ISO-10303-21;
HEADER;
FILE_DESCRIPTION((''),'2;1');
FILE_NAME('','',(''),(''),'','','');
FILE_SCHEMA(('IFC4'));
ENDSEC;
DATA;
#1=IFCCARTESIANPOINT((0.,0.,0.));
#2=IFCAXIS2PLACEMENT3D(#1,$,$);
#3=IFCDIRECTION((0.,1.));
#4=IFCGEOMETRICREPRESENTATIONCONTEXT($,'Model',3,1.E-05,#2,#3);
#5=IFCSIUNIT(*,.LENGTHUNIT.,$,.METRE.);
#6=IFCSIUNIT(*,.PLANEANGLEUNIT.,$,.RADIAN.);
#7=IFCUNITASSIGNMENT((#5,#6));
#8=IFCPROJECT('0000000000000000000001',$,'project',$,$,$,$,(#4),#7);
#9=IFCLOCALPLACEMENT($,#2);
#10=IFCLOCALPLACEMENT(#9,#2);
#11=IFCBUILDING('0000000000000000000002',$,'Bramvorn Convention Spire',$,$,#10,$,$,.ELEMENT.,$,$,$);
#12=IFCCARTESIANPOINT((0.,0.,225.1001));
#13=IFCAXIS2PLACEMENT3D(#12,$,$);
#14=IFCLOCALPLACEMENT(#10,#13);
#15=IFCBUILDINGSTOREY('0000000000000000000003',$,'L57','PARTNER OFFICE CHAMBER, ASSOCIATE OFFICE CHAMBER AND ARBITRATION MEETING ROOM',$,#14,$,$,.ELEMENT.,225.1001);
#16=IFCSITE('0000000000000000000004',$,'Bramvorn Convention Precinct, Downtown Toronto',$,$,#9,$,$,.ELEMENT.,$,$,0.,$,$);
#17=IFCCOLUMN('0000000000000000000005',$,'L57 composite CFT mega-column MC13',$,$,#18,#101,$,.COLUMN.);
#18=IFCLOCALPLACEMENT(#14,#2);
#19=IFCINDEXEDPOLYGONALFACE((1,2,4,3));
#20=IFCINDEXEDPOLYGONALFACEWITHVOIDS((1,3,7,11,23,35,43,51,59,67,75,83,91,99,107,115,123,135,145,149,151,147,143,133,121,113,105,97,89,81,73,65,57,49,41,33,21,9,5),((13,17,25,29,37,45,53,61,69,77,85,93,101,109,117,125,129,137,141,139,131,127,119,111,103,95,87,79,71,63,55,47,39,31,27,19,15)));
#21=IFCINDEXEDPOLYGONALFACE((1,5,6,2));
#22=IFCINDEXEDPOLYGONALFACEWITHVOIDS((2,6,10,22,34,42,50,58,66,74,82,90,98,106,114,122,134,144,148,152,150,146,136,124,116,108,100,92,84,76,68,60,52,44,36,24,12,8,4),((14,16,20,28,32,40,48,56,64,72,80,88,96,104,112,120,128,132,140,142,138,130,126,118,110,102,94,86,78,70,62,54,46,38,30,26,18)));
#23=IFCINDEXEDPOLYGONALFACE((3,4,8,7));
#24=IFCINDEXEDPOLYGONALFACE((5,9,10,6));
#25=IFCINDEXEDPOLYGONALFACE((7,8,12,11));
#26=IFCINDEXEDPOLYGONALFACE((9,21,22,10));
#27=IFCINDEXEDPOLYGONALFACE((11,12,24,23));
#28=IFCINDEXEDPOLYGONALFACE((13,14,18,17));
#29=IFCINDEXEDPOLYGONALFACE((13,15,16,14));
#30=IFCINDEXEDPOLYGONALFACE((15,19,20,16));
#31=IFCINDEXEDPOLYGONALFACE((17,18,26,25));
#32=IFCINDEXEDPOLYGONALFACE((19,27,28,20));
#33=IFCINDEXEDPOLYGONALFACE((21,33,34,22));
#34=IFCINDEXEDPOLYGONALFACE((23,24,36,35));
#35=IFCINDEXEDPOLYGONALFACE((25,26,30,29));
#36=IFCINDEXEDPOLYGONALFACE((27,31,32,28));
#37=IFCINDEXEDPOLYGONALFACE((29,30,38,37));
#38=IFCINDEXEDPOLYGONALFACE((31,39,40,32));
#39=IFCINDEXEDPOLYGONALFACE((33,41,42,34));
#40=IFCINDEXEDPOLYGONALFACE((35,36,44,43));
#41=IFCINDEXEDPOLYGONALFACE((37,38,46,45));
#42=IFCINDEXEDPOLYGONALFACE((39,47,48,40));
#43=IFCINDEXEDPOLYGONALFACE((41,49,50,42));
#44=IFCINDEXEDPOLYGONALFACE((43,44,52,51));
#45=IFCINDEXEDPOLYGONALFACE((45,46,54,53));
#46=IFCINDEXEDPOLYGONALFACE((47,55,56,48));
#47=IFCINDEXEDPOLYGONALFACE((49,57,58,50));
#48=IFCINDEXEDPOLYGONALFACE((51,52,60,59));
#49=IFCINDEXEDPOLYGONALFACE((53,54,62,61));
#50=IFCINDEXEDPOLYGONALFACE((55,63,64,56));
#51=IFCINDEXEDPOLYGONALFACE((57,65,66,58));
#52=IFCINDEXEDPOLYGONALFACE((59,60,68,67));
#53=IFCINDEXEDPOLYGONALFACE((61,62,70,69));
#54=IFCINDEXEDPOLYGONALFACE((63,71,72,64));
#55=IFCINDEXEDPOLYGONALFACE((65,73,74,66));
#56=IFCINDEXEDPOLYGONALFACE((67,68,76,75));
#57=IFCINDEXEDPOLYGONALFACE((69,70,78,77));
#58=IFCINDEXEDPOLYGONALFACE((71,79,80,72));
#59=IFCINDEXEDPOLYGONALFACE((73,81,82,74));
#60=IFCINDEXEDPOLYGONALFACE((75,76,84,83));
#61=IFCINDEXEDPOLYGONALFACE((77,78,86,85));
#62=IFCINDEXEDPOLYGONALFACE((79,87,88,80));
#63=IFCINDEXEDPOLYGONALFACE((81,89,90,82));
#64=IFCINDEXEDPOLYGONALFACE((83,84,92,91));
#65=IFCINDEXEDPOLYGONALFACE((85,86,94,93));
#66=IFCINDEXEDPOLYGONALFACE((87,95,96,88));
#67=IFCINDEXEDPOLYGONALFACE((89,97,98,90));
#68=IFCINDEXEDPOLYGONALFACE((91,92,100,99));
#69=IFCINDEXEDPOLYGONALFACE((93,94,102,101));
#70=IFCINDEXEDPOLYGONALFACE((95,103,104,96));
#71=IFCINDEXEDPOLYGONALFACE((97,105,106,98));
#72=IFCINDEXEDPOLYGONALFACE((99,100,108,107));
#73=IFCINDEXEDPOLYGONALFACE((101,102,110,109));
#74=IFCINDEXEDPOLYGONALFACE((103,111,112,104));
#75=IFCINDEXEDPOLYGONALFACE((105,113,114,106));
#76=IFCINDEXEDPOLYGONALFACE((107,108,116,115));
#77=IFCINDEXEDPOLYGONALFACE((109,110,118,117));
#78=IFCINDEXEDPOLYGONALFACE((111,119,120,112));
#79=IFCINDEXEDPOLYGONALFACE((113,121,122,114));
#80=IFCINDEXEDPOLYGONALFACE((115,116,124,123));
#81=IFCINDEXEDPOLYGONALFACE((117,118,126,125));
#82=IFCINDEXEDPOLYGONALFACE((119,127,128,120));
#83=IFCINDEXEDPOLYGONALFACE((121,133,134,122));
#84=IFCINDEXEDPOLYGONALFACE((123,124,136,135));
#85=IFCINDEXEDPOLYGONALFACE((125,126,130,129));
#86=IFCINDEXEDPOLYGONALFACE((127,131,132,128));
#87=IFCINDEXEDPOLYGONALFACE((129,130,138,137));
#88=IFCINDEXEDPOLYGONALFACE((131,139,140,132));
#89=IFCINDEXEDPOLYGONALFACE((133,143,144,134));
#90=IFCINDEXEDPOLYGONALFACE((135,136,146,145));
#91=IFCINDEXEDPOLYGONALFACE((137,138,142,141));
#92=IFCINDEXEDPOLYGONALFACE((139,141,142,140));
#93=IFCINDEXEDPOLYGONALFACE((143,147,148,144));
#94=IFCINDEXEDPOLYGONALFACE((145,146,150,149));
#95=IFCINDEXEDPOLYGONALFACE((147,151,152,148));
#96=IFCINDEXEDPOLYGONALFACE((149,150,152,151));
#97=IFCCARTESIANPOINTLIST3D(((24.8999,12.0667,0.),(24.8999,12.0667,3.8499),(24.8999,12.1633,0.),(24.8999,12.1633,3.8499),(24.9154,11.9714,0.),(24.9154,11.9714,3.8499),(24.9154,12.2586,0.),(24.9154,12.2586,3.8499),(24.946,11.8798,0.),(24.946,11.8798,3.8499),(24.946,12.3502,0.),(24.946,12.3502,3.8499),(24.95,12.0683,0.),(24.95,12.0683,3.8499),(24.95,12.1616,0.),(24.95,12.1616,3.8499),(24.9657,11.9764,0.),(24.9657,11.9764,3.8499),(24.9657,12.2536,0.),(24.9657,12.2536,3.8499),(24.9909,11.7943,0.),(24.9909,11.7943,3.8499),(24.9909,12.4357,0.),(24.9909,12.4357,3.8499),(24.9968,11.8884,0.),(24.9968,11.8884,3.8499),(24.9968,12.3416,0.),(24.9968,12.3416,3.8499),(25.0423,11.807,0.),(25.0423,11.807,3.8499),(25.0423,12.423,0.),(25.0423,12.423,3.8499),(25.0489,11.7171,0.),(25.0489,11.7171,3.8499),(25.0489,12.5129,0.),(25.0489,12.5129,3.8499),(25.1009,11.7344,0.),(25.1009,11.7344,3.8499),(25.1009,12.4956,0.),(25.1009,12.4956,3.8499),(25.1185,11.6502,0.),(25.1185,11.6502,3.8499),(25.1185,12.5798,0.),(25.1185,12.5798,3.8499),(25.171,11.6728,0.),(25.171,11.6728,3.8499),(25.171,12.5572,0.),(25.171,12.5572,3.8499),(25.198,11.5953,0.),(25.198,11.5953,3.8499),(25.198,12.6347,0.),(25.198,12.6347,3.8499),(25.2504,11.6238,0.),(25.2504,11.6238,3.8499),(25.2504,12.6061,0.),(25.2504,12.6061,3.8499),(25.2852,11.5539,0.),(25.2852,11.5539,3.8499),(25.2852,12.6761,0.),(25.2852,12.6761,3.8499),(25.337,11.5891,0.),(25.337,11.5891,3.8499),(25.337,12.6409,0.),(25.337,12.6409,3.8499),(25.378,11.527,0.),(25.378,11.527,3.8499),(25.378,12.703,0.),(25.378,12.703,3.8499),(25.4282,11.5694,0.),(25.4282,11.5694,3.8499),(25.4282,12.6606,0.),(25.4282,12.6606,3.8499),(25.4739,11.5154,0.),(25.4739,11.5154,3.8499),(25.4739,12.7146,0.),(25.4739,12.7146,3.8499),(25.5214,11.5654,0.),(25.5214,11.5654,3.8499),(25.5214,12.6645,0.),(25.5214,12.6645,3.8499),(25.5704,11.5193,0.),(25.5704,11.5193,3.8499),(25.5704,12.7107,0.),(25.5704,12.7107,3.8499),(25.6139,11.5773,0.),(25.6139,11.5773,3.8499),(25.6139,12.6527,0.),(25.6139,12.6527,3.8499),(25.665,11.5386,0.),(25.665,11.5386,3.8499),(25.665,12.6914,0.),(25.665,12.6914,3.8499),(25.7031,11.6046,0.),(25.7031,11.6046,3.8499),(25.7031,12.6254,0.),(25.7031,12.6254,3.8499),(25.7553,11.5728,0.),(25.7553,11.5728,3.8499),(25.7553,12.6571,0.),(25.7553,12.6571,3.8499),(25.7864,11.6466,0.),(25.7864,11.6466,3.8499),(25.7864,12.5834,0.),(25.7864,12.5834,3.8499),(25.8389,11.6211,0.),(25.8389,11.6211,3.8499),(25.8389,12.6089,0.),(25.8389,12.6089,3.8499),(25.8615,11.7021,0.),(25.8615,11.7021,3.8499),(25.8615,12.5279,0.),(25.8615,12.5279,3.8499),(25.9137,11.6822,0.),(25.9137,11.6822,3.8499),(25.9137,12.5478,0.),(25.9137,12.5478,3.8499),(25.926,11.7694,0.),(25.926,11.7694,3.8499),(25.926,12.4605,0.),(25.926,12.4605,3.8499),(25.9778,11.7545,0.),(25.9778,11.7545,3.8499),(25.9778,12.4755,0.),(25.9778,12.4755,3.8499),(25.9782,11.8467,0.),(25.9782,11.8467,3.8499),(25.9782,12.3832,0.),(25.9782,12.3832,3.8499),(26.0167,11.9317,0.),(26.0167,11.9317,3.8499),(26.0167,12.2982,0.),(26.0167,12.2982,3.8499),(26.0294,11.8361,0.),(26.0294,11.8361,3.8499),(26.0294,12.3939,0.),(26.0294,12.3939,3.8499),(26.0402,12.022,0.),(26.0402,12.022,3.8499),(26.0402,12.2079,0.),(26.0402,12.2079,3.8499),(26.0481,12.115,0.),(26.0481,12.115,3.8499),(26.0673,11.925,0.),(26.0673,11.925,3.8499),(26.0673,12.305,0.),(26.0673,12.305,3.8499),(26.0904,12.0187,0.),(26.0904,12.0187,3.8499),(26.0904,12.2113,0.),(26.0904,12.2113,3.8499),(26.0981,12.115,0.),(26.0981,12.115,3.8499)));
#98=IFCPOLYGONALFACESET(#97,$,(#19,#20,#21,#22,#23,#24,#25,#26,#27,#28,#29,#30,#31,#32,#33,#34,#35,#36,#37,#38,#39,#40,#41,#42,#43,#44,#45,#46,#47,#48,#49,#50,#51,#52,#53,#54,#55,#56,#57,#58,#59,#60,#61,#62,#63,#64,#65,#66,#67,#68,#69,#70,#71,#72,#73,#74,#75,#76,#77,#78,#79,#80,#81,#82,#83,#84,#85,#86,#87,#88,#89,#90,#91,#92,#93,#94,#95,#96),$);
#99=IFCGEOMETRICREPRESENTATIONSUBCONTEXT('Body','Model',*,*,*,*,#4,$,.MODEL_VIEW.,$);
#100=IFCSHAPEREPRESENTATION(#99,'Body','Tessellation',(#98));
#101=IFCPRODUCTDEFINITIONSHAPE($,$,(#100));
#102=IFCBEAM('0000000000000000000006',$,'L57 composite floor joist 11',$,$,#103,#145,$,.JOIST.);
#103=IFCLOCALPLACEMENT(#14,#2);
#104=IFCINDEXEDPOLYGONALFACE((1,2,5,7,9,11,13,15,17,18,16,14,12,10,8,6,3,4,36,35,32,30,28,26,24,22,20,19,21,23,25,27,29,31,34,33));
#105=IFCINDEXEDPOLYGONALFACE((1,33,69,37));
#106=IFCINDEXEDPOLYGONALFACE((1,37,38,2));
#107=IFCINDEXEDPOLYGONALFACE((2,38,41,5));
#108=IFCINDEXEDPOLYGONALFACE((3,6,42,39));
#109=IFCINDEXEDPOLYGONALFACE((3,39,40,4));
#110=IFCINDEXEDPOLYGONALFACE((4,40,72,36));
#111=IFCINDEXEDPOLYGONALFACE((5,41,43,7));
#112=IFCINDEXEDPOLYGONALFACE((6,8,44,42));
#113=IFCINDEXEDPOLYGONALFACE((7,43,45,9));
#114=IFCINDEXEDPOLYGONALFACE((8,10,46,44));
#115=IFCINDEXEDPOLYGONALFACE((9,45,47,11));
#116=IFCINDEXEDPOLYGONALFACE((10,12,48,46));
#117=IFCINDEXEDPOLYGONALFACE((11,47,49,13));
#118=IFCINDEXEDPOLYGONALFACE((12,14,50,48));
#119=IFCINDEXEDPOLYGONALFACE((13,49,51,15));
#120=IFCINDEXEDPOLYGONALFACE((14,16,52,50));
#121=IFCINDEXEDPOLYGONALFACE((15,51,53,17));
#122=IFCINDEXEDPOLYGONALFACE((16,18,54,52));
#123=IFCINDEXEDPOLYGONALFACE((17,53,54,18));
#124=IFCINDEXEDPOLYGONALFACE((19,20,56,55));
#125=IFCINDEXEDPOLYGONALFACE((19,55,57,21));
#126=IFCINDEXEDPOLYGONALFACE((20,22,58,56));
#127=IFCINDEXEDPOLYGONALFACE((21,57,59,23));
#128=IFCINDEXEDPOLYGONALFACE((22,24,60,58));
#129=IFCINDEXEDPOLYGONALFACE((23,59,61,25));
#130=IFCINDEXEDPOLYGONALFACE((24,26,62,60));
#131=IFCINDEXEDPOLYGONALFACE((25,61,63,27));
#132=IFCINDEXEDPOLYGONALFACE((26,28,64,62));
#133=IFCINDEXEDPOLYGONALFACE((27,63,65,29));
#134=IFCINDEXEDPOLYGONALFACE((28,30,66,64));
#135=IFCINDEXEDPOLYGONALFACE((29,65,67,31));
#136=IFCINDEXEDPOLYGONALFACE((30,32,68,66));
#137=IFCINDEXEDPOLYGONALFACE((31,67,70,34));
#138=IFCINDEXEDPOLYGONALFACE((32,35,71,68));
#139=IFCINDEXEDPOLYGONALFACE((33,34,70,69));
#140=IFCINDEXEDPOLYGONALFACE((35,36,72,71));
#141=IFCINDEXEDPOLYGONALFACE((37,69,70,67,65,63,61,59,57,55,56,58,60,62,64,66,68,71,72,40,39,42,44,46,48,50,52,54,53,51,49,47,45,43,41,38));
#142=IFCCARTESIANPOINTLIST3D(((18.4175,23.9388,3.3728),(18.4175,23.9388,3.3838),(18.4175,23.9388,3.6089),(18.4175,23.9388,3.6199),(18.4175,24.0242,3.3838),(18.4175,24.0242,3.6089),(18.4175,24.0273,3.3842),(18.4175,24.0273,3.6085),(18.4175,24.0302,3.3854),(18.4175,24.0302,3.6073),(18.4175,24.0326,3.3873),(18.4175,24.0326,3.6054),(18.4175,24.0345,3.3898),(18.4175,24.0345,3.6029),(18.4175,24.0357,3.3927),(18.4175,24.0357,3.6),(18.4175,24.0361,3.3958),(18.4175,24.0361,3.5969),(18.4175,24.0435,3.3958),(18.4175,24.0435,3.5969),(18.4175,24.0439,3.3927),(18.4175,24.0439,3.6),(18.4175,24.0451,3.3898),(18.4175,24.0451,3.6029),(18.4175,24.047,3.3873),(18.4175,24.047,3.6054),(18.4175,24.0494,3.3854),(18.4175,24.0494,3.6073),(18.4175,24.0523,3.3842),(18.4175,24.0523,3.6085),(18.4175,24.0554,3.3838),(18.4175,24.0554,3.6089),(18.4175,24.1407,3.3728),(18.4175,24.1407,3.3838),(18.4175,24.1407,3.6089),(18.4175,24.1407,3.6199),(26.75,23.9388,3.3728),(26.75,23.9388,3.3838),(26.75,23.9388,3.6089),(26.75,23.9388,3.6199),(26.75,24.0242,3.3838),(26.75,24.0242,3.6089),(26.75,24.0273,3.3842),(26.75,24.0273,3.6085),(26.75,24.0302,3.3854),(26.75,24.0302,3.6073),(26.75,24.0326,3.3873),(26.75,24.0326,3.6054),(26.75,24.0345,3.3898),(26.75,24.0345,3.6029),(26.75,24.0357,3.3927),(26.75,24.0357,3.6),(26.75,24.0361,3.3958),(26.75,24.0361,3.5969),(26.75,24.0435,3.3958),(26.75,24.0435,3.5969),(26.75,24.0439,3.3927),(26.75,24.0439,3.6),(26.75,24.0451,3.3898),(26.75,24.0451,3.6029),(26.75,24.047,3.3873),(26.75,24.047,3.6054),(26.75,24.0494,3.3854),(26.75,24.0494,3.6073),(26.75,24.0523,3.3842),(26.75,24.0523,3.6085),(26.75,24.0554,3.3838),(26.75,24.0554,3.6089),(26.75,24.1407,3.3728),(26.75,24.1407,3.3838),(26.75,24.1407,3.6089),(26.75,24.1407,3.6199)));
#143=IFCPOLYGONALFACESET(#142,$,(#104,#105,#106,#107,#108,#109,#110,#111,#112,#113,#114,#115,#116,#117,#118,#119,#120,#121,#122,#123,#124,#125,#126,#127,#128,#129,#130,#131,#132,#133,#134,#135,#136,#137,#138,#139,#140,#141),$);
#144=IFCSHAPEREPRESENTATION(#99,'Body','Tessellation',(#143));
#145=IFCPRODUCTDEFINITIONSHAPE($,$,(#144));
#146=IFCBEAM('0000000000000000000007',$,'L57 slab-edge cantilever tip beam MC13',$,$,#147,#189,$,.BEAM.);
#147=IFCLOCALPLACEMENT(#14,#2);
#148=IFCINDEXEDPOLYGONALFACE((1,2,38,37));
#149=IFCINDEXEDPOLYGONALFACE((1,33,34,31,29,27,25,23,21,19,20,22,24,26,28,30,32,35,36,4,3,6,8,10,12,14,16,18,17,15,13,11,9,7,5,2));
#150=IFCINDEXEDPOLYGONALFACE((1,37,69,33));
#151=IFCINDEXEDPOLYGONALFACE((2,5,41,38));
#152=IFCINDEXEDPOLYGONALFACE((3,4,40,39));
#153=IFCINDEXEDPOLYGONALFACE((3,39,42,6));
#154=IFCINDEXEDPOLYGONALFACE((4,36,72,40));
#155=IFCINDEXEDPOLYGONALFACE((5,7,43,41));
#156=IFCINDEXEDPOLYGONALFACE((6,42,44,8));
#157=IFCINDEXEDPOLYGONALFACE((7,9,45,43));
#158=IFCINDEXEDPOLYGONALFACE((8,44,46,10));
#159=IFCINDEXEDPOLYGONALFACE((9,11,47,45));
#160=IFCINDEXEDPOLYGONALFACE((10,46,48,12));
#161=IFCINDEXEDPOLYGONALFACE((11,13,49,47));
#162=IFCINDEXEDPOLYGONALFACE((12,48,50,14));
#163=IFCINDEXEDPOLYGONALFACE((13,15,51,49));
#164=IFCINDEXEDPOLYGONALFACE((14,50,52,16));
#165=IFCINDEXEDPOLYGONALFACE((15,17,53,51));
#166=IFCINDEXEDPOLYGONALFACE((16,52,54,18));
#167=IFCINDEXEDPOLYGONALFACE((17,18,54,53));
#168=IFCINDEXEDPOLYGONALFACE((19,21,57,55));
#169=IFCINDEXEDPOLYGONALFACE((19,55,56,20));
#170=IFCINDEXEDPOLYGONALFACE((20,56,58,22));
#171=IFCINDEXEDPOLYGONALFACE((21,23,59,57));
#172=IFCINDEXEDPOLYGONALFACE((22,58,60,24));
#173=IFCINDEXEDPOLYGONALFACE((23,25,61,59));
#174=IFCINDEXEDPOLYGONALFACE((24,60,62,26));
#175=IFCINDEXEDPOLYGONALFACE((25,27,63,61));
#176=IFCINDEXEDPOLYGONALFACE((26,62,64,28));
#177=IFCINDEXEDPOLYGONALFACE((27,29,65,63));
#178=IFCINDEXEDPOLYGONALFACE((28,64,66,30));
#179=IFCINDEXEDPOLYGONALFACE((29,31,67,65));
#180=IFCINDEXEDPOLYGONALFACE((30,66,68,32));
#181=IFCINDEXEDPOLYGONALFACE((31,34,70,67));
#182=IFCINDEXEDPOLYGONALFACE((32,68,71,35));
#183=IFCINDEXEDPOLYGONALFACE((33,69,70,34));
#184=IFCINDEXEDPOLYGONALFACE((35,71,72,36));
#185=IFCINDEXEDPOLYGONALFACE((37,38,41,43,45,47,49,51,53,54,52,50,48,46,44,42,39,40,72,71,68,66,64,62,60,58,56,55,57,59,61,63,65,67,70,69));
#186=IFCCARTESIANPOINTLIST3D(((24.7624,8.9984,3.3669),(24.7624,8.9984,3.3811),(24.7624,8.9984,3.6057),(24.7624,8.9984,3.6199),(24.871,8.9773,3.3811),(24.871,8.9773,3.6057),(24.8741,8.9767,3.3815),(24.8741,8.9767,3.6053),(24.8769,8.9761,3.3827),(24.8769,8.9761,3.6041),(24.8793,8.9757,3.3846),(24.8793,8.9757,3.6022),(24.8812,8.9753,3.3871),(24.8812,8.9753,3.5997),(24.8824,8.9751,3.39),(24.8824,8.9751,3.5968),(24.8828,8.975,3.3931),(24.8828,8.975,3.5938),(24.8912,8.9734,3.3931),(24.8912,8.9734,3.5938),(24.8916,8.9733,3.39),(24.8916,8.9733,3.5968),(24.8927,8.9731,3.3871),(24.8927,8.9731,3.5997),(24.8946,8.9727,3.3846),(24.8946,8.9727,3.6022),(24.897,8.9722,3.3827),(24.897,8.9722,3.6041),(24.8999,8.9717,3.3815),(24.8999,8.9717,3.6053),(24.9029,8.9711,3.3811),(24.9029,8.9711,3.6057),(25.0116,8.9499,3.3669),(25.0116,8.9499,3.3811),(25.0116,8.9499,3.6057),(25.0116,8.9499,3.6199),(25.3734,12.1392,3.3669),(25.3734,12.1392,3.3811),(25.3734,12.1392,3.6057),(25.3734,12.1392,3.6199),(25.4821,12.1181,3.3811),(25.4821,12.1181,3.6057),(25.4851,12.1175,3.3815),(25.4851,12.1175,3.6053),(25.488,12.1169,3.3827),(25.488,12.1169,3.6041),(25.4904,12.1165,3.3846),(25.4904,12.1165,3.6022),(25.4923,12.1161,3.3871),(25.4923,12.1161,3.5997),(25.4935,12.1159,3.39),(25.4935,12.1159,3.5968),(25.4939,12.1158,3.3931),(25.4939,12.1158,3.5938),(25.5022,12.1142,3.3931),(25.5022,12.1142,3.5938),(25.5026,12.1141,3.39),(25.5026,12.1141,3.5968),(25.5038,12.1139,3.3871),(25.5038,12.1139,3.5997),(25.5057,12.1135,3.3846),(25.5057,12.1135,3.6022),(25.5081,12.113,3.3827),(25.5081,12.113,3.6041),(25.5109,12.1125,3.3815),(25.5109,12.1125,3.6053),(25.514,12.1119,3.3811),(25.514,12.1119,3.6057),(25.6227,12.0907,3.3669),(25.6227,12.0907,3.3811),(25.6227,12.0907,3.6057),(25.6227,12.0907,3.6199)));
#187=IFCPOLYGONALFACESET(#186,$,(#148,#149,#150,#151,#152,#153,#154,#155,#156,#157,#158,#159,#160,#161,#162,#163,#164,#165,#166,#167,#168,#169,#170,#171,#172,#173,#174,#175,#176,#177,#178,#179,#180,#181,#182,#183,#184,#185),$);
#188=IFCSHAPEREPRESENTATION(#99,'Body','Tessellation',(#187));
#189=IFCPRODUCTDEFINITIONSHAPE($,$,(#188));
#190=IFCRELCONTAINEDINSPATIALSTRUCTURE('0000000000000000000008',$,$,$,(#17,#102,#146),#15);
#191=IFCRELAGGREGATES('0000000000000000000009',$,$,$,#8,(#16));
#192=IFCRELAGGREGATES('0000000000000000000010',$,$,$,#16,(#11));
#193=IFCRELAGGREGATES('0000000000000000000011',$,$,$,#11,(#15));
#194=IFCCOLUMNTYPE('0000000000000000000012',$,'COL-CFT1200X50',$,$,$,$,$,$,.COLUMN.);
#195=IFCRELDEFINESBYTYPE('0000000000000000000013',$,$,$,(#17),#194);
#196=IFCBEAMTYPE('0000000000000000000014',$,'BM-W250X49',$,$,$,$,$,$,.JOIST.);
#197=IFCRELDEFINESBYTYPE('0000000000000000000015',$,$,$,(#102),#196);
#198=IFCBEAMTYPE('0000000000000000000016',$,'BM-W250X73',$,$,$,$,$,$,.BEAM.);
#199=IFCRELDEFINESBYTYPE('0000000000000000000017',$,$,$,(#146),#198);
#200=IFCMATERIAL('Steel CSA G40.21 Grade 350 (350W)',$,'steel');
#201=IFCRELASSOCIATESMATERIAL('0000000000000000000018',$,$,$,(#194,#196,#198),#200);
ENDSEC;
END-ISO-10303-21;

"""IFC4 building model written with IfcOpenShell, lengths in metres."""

from ifc_helpers import new_model, si_unit, direction, frame, origin, origin_2d, place, context, subcontext, project, spatial, hollow_circle, i_section, extrude, material, material_profile, profile_set, type_object, element, save


model = new_model("IFC4")

# Units and contexts
model_context = context("Model", 3, precision=1e-05, world=origin(), true_north=direction((0.0, 1.0)))
body_context = subcontext(model_context, "Body", "Model", "MODEL_VIEW")
ifc_project = project(units=[si_unit("LENGTHUNIT", "METRE"), si_unit("PLANEANGLEUNIT", "RADIAN")], contexts=[model_context])

# Site, building, storey
site_placement = place(None, origin())
site = spatial("IfcSite", under=ifc_project, at=site_placement, Name="Bramvorn Convention Precinct, Downtown Toronto", CompositionType="ELEMENT", RefElevation=0.0)
building_placement = place(site_placement, origin())
building = spatial("IfcBuilding", under=site, at=building_placement, Name="Bramvorn Convention Spire", CompositionType="ELEMENT")
storey_placement = place(building_placement, frame((0.0, 0.0, 225.1001)))
storey = spatial("IfcBuildingStorey", under=building, at=storey_placement, Name="L57", Description="PARTNER OFFICE CHAMBER, ASSOCIATE OFFICE CHAMBER AND ARBITRATION MEETING ROOM", CompositionType="ELEMENT", Elevation=225.1001)

# Column
ifc_material_1 = material(Name="Steel CSA G40.21 Grade 350 (350W)", Category="steel")
ifc_material_profile_1 = material_profile(ifc_material_1, hollow_circle(Radius=0.6001, WallThickness=0.05, at=origin_2d()))
ifc_profile_set_1 = profile_set([ifc_material_profile_1], Name="Steel CSA G40.21 Grade 350 (350W) - CFT1200X50")
column_type = type_object("IfcColumnType", Name="COL-CFT1200X50", PredefinedType="COLUMN", material=ifc_profile_set_1)
column_placement = place(storey_placement, frame((25.498, 12.115, 0.0), z_axis=(0.0, 0.0, 1.0), x_axis=(1.0, 0.0, 0.0)))
element("IfcColumn", 1, at=column_placement, inside=storey, type_object=column_type, Name="L57 composite CFT mega-column MC13", PredefinedType="COLUMN", context=body_context, shape_type="SweptSolid", body=[
    extrude(hollow_circle(Radius=0.6001, WallThickness=0.05, at=origin_2d()), origin(), (0.0, 0.0, 1.0), 3.8499),
])

# Beams
ifc_material_profile_2 = material_profile(ifc_material_1, i_section(OverallWidth=0.2019, OverallDepth=0.2471, WebThickness=0.0073, FlangeThickness=0.011, FilletRadius=0.012, at=origin_2d()))
ifc_profile_set_2 = profile_set([ifc_material_profile_2], Name="Steel CSA G40.21 Grade 350 (350W) - W250X49")
beam_type_1 = type_object("IfcBeamType", Name="BM-W250X49", PredefinedType="JOIST", material=ifc_profile_set_2)
beam_1_placement = place(storey_placement, frame((26.75, 24.0398, 3.4963), z_axis=(-1.0, 0.0, 0.0), x_axis=(0.0, -1.0, 0.0)))
element("IfcBeam", 2, at=beam_1_placement, inside=storey, type_object=beam_type_1, Name="L57 composite floor joist 11", PredefinedType="JOIST", context=body_context, shape_type="SweptSolid", body=[
    extrude(i_section(OverallWidth=0.2019, OverallDepth=0.2471, WebThickness=0.0073, FlangeThickness=0.011, FilletRadius=0.012, at=origin_2d()), origin(), (0.0, 0.0, 1.0), 8.3325),
])
ifc_material_profile_3 = material_profile(ifc_material_1, i_section(OverallWidth=0.2539, OverallDepth=0.2529, WebThickness=0.0085, FlangeThickness=0.0142, FilletRadius=0.012, at=origin_2d()))
ifc_profile_set_3 = profile_set([ifc_material_profile_3], Name="Steel CSA G40.21 Grade 350 (350W) - W250X73")
beam_type_2 = type_object("IfcBeamType", Name="BM-W250X73", PredefinedType="BEAM", material=ifc_profile_set_3)
beam_2_placement = place(storey_placement, frame((25.498, 12.115, 3.4934), z_axis=(-0.190978, -0.981594, 0.0), x_axis=(0.981594, -0.190978, 0.0)))
element("IfcBeam", 3, at=beam_2_placement, inside=storey, type_object=beam_type_2, Name="L57 slab-edge cantilever tip beam MC13", PredefinedType="BEAM", context=body_context, shape_type="SweptSolid", body=[
    extrude(i_section(OverallWidth=0.2539, OverallDepth=0.2529, WebThickness=0.0085, FlangeThickness=0.0142, FilletRadius=0.012, at=origin_2d()), origin(), (0.0, 0.0, 1.0), 3.1997),
])

save(model, "model.ifc")
